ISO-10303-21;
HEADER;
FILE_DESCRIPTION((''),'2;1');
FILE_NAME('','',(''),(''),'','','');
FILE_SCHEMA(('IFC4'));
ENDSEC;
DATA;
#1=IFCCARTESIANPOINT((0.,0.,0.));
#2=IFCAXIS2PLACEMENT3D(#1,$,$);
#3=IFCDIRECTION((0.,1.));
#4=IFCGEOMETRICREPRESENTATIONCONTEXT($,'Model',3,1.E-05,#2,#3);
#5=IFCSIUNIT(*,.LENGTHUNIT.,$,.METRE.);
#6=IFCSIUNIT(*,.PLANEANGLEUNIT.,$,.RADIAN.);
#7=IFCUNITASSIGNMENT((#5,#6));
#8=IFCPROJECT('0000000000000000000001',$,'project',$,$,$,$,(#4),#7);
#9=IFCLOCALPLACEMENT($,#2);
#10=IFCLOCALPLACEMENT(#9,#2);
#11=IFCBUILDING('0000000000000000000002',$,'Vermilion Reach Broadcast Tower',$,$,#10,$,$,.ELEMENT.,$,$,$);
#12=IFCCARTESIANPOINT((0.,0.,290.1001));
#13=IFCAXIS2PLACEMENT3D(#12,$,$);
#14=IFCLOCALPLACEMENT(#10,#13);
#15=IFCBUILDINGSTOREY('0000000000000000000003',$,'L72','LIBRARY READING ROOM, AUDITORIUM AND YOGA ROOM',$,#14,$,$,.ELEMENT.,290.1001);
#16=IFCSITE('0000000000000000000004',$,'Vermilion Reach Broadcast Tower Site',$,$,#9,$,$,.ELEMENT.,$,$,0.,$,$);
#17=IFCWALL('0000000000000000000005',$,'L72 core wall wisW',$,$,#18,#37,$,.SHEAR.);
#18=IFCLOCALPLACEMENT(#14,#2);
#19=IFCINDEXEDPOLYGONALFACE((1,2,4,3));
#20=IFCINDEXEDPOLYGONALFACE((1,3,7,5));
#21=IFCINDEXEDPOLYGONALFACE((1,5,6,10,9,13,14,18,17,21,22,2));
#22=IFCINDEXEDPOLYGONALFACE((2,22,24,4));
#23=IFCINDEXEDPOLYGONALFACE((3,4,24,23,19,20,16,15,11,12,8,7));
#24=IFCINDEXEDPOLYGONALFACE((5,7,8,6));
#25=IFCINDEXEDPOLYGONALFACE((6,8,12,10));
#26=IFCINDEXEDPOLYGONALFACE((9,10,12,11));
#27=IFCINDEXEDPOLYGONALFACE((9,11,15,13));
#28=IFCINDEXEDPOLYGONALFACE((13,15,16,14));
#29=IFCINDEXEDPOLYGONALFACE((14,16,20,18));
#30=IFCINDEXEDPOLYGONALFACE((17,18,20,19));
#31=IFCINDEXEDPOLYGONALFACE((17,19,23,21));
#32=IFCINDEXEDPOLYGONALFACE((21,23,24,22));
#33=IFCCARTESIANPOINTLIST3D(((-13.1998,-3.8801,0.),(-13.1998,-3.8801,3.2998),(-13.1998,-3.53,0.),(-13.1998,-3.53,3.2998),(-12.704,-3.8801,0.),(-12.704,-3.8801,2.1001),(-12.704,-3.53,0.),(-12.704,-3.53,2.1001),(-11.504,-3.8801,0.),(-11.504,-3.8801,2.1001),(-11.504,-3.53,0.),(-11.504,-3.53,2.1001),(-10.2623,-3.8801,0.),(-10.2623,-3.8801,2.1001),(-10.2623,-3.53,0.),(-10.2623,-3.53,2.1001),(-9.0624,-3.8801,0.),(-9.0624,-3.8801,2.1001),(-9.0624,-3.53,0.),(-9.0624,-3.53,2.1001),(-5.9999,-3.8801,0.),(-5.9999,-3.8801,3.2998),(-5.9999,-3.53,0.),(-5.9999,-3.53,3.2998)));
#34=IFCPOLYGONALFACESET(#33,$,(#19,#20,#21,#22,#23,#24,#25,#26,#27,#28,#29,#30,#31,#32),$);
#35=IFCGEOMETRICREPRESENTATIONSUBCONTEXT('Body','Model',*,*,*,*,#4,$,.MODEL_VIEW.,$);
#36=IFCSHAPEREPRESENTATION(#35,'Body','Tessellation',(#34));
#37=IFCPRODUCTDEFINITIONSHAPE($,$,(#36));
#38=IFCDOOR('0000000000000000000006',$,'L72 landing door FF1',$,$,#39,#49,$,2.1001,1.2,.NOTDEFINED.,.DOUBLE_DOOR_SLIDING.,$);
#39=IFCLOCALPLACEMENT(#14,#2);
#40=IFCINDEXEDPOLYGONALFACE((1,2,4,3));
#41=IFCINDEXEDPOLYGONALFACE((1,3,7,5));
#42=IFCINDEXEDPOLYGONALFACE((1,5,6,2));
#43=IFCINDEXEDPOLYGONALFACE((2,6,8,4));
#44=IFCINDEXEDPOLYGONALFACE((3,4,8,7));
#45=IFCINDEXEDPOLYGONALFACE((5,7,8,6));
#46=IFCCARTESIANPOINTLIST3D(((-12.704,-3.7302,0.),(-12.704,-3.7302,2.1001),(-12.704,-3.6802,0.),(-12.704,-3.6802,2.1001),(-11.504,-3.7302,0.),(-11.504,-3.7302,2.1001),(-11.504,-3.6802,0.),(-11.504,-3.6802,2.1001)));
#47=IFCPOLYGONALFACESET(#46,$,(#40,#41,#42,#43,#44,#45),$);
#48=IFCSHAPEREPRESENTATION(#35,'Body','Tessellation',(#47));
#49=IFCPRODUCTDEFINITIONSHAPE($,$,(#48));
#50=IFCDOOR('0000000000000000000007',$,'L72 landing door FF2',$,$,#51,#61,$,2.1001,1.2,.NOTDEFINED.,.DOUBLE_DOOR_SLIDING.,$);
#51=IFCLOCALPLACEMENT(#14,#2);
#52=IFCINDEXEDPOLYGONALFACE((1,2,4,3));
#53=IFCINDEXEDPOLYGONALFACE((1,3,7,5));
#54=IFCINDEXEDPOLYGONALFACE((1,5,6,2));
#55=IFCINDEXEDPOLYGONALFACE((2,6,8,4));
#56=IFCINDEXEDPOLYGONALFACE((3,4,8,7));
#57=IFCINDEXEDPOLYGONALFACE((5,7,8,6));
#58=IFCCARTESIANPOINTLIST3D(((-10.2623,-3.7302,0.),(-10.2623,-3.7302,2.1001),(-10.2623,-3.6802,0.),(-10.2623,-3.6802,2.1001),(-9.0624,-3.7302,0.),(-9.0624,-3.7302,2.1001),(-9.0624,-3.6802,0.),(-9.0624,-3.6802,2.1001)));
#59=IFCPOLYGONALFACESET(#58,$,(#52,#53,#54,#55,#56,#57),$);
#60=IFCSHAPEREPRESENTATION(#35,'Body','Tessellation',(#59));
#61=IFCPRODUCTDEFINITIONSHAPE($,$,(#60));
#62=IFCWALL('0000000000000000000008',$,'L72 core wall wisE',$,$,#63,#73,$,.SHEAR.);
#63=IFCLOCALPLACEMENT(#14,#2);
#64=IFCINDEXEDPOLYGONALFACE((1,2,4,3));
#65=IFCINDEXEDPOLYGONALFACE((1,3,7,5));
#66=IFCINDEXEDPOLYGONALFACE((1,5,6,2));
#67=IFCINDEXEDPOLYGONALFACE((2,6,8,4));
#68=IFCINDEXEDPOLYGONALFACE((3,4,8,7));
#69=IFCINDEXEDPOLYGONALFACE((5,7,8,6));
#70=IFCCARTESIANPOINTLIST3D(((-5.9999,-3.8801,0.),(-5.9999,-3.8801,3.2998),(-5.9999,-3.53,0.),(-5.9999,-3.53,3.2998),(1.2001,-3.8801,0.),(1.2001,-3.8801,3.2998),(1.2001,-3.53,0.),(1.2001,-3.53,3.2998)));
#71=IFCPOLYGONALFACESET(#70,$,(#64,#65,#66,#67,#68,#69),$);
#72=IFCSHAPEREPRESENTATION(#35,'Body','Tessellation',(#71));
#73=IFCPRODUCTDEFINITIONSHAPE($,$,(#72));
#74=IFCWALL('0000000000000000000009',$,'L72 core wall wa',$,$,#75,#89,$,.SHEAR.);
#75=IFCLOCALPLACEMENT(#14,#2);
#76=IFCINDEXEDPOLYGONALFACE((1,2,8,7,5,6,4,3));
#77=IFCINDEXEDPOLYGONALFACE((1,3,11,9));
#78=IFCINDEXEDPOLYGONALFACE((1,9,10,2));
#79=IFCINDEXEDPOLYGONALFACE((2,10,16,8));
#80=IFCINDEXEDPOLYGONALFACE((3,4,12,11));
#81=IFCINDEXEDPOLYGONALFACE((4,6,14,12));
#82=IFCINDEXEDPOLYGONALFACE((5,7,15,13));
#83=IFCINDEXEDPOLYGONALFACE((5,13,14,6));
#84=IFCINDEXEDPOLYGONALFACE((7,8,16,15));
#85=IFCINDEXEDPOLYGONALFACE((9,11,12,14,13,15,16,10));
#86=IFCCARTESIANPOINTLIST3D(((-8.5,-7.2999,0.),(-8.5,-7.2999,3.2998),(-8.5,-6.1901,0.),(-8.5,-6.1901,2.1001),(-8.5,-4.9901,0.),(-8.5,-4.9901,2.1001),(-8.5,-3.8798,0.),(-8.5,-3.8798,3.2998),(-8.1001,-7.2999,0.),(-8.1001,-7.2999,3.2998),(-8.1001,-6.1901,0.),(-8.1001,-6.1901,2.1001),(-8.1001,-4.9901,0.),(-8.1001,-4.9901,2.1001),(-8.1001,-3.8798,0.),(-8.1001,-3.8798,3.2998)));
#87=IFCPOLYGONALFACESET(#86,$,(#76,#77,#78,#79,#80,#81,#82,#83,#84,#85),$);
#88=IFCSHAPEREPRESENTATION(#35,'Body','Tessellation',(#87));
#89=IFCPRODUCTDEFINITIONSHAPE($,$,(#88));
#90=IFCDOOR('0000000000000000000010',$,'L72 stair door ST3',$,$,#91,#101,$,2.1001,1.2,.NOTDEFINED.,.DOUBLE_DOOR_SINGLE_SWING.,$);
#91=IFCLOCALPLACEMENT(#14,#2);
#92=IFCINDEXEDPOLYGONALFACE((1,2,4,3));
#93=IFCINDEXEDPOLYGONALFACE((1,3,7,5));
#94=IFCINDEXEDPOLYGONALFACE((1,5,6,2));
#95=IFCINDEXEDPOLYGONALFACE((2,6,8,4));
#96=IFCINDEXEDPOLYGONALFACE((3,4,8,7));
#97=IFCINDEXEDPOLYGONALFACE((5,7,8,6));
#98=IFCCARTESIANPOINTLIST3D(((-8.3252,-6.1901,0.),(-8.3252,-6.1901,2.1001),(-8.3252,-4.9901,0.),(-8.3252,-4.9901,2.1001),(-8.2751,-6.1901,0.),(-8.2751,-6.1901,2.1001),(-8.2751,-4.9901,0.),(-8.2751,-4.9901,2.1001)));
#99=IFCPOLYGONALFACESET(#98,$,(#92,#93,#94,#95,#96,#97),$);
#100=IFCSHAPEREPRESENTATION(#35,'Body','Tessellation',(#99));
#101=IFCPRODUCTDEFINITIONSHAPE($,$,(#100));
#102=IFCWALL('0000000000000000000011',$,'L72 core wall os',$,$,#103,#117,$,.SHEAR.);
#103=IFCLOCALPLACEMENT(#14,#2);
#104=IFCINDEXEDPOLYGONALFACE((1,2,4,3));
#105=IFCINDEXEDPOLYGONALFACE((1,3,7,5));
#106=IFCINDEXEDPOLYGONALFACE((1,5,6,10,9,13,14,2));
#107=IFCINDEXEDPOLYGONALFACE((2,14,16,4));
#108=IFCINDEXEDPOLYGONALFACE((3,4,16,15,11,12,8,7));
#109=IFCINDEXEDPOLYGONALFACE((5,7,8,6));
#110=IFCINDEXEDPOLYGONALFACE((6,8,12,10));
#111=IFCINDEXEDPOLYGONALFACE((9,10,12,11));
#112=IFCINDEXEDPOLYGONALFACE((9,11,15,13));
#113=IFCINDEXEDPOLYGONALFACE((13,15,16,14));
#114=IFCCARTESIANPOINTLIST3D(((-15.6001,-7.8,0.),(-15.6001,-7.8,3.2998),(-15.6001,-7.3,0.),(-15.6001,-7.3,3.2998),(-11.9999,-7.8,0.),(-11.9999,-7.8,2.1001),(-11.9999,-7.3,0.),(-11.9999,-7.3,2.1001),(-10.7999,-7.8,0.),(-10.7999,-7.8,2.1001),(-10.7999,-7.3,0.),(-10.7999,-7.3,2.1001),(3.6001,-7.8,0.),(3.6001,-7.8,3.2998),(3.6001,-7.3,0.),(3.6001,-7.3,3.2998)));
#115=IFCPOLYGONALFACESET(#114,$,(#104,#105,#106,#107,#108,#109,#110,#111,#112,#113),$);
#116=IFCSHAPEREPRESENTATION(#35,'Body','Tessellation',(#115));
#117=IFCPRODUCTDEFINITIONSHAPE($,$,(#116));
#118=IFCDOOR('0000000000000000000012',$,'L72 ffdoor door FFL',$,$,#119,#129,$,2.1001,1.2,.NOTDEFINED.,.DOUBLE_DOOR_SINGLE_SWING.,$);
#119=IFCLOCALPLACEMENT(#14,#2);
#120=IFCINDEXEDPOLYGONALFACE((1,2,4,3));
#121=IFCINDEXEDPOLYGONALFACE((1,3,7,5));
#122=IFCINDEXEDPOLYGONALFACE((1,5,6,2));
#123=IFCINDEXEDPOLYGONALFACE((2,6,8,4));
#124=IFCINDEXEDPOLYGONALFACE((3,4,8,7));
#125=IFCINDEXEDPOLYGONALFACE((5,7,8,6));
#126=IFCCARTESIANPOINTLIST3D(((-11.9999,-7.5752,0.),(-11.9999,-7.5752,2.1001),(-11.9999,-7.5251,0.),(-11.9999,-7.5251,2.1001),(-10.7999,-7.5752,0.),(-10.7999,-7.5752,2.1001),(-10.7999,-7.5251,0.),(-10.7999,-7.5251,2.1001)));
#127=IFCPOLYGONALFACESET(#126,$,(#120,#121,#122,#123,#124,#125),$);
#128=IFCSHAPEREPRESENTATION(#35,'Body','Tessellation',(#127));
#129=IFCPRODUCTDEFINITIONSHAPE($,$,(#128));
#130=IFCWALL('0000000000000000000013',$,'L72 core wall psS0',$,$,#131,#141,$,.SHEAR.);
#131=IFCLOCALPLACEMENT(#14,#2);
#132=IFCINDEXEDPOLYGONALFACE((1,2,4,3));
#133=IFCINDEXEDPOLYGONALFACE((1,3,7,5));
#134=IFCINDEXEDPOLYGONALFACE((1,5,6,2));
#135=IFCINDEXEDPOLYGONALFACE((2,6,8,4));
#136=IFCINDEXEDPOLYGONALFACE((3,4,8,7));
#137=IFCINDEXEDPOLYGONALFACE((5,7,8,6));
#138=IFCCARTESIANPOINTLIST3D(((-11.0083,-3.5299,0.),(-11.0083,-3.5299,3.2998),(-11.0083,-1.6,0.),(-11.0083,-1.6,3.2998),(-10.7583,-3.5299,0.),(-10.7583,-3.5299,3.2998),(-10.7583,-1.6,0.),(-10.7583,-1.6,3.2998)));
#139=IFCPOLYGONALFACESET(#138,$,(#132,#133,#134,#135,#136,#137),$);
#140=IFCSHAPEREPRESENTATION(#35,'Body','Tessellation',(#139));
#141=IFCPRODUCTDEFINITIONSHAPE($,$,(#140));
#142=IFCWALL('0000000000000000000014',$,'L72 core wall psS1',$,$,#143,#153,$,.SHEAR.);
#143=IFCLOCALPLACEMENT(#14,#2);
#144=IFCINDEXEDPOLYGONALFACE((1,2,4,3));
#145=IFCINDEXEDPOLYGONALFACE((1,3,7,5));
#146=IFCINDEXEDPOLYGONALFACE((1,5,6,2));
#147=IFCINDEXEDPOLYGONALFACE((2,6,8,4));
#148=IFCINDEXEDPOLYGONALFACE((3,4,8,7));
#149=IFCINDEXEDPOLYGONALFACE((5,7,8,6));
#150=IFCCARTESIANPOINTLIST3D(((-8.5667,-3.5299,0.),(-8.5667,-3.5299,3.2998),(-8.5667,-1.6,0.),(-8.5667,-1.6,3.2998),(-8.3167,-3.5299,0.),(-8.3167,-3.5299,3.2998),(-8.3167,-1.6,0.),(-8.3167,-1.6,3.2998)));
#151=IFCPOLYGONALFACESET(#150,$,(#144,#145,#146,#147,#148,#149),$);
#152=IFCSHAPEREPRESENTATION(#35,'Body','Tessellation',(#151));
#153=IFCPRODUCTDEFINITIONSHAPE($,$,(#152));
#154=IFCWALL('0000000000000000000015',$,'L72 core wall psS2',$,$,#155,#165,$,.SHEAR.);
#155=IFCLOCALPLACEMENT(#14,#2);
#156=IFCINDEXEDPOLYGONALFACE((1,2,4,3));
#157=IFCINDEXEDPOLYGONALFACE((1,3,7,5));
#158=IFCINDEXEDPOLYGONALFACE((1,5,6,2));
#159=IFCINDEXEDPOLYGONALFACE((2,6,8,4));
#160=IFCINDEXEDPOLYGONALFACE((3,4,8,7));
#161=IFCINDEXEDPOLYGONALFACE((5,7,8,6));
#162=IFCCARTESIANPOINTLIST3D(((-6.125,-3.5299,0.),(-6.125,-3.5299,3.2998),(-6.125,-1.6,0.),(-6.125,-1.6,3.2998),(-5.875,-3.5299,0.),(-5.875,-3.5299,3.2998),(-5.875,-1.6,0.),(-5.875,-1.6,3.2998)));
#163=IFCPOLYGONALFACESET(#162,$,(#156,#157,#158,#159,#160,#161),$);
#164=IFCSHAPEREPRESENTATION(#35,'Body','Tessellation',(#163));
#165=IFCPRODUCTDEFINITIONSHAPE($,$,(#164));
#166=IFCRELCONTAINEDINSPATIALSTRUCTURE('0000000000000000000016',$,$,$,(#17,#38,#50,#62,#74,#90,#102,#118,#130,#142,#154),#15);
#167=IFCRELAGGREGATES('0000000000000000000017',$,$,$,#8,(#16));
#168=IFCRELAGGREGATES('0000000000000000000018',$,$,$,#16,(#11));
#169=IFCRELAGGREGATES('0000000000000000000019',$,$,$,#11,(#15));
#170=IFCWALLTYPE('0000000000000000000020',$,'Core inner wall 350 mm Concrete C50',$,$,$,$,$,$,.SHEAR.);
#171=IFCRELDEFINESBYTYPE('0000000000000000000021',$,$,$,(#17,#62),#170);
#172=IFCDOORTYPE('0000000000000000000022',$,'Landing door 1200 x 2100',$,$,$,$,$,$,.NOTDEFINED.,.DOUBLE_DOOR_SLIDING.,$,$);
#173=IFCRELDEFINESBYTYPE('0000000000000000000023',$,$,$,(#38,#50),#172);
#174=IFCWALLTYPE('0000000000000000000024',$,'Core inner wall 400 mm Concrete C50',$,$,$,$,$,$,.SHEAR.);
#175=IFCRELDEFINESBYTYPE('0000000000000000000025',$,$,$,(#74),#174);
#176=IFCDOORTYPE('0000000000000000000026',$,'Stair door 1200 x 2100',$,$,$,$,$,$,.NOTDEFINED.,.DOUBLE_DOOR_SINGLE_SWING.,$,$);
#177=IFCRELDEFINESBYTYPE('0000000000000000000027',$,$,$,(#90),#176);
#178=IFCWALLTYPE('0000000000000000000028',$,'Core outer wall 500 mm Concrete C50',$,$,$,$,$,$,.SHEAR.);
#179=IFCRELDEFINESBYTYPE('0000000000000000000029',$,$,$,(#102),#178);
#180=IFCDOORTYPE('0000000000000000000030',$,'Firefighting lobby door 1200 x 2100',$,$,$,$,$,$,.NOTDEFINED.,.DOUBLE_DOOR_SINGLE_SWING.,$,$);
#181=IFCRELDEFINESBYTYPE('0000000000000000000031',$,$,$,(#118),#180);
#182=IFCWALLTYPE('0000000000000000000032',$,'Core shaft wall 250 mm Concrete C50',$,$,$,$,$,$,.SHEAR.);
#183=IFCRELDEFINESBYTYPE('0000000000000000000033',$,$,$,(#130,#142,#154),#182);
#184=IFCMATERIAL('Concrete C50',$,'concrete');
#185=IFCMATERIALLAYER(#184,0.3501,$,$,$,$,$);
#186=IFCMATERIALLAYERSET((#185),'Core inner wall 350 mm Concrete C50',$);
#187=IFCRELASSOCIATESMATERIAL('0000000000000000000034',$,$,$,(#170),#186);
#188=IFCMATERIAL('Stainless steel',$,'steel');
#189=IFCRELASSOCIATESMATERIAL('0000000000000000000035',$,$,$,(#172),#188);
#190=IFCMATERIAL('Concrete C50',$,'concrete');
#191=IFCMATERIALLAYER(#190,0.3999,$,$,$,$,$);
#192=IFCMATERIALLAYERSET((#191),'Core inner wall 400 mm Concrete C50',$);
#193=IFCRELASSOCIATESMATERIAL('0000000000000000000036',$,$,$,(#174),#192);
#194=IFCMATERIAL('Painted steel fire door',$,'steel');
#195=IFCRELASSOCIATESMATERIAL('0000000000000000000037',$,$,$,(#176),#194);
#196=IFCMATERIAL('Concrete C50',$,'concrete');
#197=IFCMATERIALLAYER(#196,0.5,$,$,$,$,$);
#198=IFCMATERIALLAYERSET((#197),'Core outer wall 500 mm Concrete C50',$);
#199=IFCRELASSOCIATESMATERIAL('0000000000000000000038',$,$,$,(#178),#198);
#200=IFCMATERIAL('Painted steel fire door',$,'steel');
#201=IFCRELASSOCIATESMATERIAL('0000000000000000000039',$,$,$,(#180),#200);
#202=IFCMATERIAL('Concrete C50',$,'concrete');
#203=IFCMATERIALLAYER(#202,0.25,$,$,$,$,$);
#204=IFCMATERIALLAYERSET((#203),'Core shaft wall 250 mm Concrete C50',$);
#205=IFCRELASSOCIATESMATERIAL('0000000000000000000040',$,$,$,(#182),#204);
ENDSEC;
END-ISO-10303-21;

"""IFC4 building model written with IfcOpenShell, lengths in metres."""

from ifc_helpers import new_model, si_unit, direction, frame, frame_2d, origin, place, context, subcontext, project, spatial, rectangle, extrude, material, layer, layer_set, type_object, element, fill, save


model = new_model("IFC4")

# Units and contexts
model_context = context("Model", 3, precision=1e-05, world=origin(), true_north=direction((0.0, 1.0)))
body_context = subcontext(model_context, "Body", "Model", "MODEL_VIEW")
ifc_project = project(units=[si_unit("LENGTHUNIT", "METRE"), si_unit("PLANEANGLEUNIT", "RADIAN")], contexts=[model_context])

# Site, building, storey
site_placement = place(None, origin())
site = spatial("IfcSite", under=ifc_project, at=site_placement, Name="Vermilion Reach Broadcast Tower Site", CompositionType="ELEMENT", RefElevation=0.0)
building_placement = place(site_placement, origin())
building = spatial("IfcBuilding", under=site, at=building_placement, Name="Vermilion Reach Broadcast Tower", CompositionType="ELEMENT")
storey_placement = place(building_placement, frame((0.0, 0.0, 290.1001)))
storey = spatial("IfcBuildingStorey", under=building, at=storey_placement, Name="L72", Description="LIBRARY READING ROOM, AUDITORIUM AND YOGA ROOM", CompositionType="ELEMENT", Elevation=290.1001)

# Wall, openings, doors
ifc_material_1 = material(Name="Concrete C50", Category="concrete")
ifc_layer_1 = layer(ifc_material_1, 0.3501)
ifc_layer_set_1 = layer_set([ifc_layer_1], Name="Core inner wall 350 mm Concrete C50")
wall_type_1 = type_object("IfcWallType", Name="Core inner wall 350 mm Concrete C50", PredefinedType="SHEAR", material=ifc_layer_set_1)
wall_1_placement = place(storey_placement, frame((-13.2, -3.7051, 0.0), z_axis=(0.0, 0.0, 1.0), x_axis=(1.0, 0.0, 0.0)))
wall_1 = element("IfcWall", 1, at=wall_1_placement, inside=storey, type_object=wall_type_1, Name="L72 core wall wisW", PredefinedType="SHEAR", context=body_context, shape_type="SweptSolid", body=[
    extrude(rectangle(XDim=7.2, YDim=0.3501, at=frame_2d((3.6001, 0.0))), origin(), (0.0, 0.0, 1.0), 3.2998),
])
opening_1_placement = place(wall_1_placement, frame((0.4958, 0.0, 0.0)))
opening_1 = element("IfcOpeningElement", 2, at=opening_1_placement, cuts=wall_1, PredefinedType="OPENING", context=body_context, shape_type="SweptSolid", body=[
    extrude(rectangle(XDim=1.2, YDim=2.1001, at=frame_2d((0.6001, 1.05))), frame((0.0, 0.1851, 0.0), z_axis=(0.0, -1.0, 0.0), x_axis=(1.0, 0.0, 0.0)), (0.0, 0.0, 1.0), 0.3701),
])
opening_2_placement = place(wall_1_placement, frame((2.9375, 0.0, 0.0)))
opening_2 = element("IfcOpeningElement", 3, at=opening_2_placement, cuts=wall_1, PredefinedType="OPENING", context=body_context, shape_type="SweptSolid", body=[
    extrude(rectangle(XDim=1.2, YDim=2.1001, at=frame_2d((0.6001, 1.05))), frame((0.0, 0.1851, 0.0), z_axis=(0.0, -1.0, 0.0), x_axis=(1.0, 0.0, 0.0)), (0.0, 0.0, 1.0), 0.3701),
])
ifc_material_2 = material(Name="Stainless steel", Category="steel")
door_type_1 = type_object("IfcDoorType", Name="Landing door 1200 x 2100", OperationType="DOUBLE_DOOR_SLIDING", PredefinedType="NOTDEFINED", material=ifc_material_2)
door_1_placement = place(opening_1_placement, origin())
door_1 = element("IfcDoor", 4, at=door_1_placement, inside=storey, type_object=door_type_1, Name="L72 landing door FF1", OperationType="DOUBLE_DOOR_SLIDING", OverallHeight=2.1001, OverallWidth=1.2, PredefinedType="NOTDEFINED", context=body_context, shape_type="SweptSolid", body=[
    extrude(rectangle(XDim=1.2, YDim=2.1001, at=frame_2d((0.6001, 1.05))), frame((0.0, 0.0249, 0.0), z_axis=(0.0, -1.0, 0.0), x_axis=(1.0, 0.0, 0.0)), (0.0, 0.0, 1.0), 0.05),
])
fill(opening_1, door_1)
door_2_placement = place(opening_2_placement, origin())
door_2 = element("IfcDoor", 5, at=door_2_placement, inside=storey, type_object=door_type_1, Name="L72 landing door FF2", OperationType="DOUBLE_DOOR_SLIDING", OverallHeight=2.1001, OverallWidth=1.2, PredefinedType="NOTDEFINED", context=body_context, shape_type="SweptSolid", body=[
    extrude(rectangle(XDim=1.2, YDim=2.1001, at=frame_2d((0.6001, 1.05))), frame((0.0, 0.0249, 0.0), z_axis=(0.0, -1.0, 0.0), x_axis=(1.0, 0.0, 0.0)), (0.0, 0.0, 1.0), 0.05),
])
fill(opening_2, door_2)

# Wall
wall_2_placement = place(storey_placement, frame((-6.0, -3.7051, 0.0), z_axis=(0.0, 0.0, 1.0), x_axis=(1.0, 0.0, 0.0)))
element("IfcWall", 6, at=wall_2_placement, inside=storey, type_object=wall_type_1, Name="L72 core wall wisE", PredefinedType="SHEAR", context=body_context, shape_type="SweptSolid", body=[
    extrude(rectangle(XDim=7.2, YDim=0.3501, at=frame_2d((3.6001, 0.0))), origin(), (0.0, 0.0, 1.0), 3.2998),
])

# Walls, openings, doors
ifc_material_3 = material(Name="Concrete C50", Category="concrete")
ifc_layer_2 = layer(ifc_material_3, 0.3999)
ifc_layer_set_2 = layer_set([ifc_layer_2], Name="Core inner wall 400 mm Concrete C50")
wall_type_2 = type_object("IfcWallType", Name="Core inner wall 400 mm Concrete C50", PredefinedType="SHEAR", material=ifc_layer_set_2)
wall_3_placement = place(storey_placement, frame((-8.3, -3.8799, 0.0), z_axis=(0.0, 0.0, 1.0), x_axis=(0.0, -1.0, 0.0)))
wall_3 = element("IfcWall", 7, at=wall_3_placement, inside=storey, type_object=wall_type_2, Name="L72 core wall wa", PredefinedType="SHEAR", context=body_context, shape_type="SweptSolid", body=[
    extrude(rectangle(XDim=3.4202, YDim=0.3999, at=frame_2d((1.71, 0.0))), origin(), (0.0, 0.0, 1.0), 3.2998),
])
opening_3_placement = place(wall_3_placement, frame((1.1101, 0.0, 0.0)))
opening_3 = element("IfcOpeningElement", 8, at=opening_3_placement, cuts=wall_3, PredefinedType="OPENING", context=body_context, shape_type="SweptSolid", body=[
    extrude(rectangle(XDim=1.2, YDim=2.1001, at=frame_2d((0.6001, 1.05))), frame((0.0, 0.21, 0.0), z_axis=(0.0, -1.0, 0.0), x_axis=(1.0, 0.0, 0.0)), (0.0, 0.0, 1.0), 0.4199),
])
ifc_material_4 = material(Name="Painted steel fire door", Category="steel")
door_type_2 = type_object("IfcDoorType", Name="Stair door 1200 x 2100", OperationType="DOUBLE_DOOR_SINGLE_SWING", PredefinedType="NOTDEFINED", material=ifc_material_4)
door_3_placement = place(opening_3_placement, origin())
door_3 = element("IfcDoor", 9, at=door_3_placement, inside=storey, type_object=door_type_2, Name="L72 stair door ST3", OperationType="DOUBLE_DOOR_SINGLE_SWING", OverallHeight=2.1001, OverallWidth=1.2, PredefinedType="NOTDEFINED", context=body_context, shape_type="SweptSolid", body=[
    extrude(rectangle(XDim=1.2, YDim=2.1001, at=frame_2d((0.6001, 1.05))), frame((0.0, 0.0249, 0.0), z_axis=(0.0, -1.0, 0.0), x_axis=(1.0, 0.0, 0.0)), (0.0, 0.0, 1.0), 0.05),
])
fill(opening_3, door_3)
ifc_material_5 = material(Name="Concrete C50", Category="concrete")
ifc_layer_3 = layer(ifc_material_5, 0.5)
ifc_layer_set_3 = layer_set([ifc_layer_3], Name="Core outer wall 500 mm Concrete C50")
wall_type_3 = type_object("IfcWallType", Name="Core outer wall 500 mm Concrete C50", PredefinedType="SHEAR", material=ifc_layer_set_3)
wall_4_placement = place(storey_placement, frame((-15.6001, -7.55, 0.0), z_axis=(0.0, 0.0, 1.0), x_axis=(1.0, 0.0, 0.0)))
wall_4 = element("IfcWall", 10, at=wall_4_placement, inside=storey, type_object=wall_type_3, Name="L72 core wall os", PredefinedType="SHEAR", context=body_context, shape_type="SweptSolid", body=[
    extrude(rectangle(XDim=19.2002, YDim=0.5, at=frame_2d((9.6001, 0.0))), origin(), (0.0, 0.0, 1.0), 3.2998),
])
opening_4_placement = place(wall_4_placement, frame((3.6001, 0.0, 0.0)))
opening_4 = element("IfcOpeningElement", 11, at=opening_4_placement, cuts=wall_4, PredefinedType="OPENING", context=body_context, shape_type="SweptSolid", body=[
    extrude(rectangle(XDim=1.2, YDim=2.1001, at=frame_2d((0.6001, 1.05))), frame((0.0, 0.26, 0.0), z_axis=(0.0, -1.0, 0.0), x_axis=(1.0, 0.0, 0.0)), (0.0, 0.0, 1.0), 0.52),
])
ifc_material_6 = material(Name="Painted steel fire door", Category="steel")
door_type_3 = type_object("IfcDoorType", Name="Firefighting lobby door 1200 x 2100", OperationType="DOUBLE_DOOR_SINGLE_SWING", PredefinedType="NOTDEFINED", material=ifc_material_6)
door_4_placement = place(opening_4_placement, origin())
door_4 = element("IfcDoor", 12, at=door_4_placement, inside=storey, type_object=door_type_3, Name="L72 ffdoor door FFL", OperationType="DOUBLE_DOOR_SINGLE_SWING", OverallHeight=2.1001, OverallWidth=1.2, PredefinedType="NOTDEFINED", context=body_context, shape_type="SweptSolid", body=[
    extrude(rectangle(XDim=1.2, YDim=2.1001, at=frame_2d((0.6001, 1.05))), frame((0.0, 0.0249, 0.0), z_axis=(0.0, -1.0, 0.0), x_axis=(1.0, 0.0, 0.0)), (0.0, 0.0, 1.0), 0.05),
])
fill(opening_4, door_4)

# Walls
ifc_material_7 = material(Name="Concrete C50", Category="concrete")
ifc_layer_4 = layer(ifc_material_7, 0.25)
ifc_layer_set_4 = layer_set([ifc_layer_4], Name="Core shaft wall 250 mm Concrete C50")
wall_type_4 = type_object("IfcWallType", Name="Core shaft wall 250 mm Concrete C50", PredefinedType="SHEAR", material=ifc_layer_set_4)
for number, where, z_axis, x_axis, name in (
    (13, (-10.8833, -1.6001, 0.0), (0.0, 0.0, 1.0), (0.0, -1.0, 0.0), "L72 core wall psS0"),
    (14, (-8.4417, -1.6001, 0.0), (0.0, 0.0, 1.0), (0.0, -1.0, 0.0), "L72 core wall psS1"),
    (15, (-6.0, -1.6001, 0.0), (0.0, 0.0, 1.0), (0.0, -1.0, 0.0), "L72 core wall psS2"),
):
    element("IfcWall", number, at=place(storey_placement, frame(where, z_axis=z_axis, x_axis=x_axis)), inside=storey, type_object=wall_type_4, Name=name, PredefinedType="SHEAR", context=body_context, shape_type="SweptSolid", body=[
        extrude(rectangle(XDim=1.9299, YDim=0.25, at=frame_2d((0.9648, 0.0))), origin(), (0.0, 0.0, 1.0), 3.2998),
    ])

save(model, "model.ifc")
